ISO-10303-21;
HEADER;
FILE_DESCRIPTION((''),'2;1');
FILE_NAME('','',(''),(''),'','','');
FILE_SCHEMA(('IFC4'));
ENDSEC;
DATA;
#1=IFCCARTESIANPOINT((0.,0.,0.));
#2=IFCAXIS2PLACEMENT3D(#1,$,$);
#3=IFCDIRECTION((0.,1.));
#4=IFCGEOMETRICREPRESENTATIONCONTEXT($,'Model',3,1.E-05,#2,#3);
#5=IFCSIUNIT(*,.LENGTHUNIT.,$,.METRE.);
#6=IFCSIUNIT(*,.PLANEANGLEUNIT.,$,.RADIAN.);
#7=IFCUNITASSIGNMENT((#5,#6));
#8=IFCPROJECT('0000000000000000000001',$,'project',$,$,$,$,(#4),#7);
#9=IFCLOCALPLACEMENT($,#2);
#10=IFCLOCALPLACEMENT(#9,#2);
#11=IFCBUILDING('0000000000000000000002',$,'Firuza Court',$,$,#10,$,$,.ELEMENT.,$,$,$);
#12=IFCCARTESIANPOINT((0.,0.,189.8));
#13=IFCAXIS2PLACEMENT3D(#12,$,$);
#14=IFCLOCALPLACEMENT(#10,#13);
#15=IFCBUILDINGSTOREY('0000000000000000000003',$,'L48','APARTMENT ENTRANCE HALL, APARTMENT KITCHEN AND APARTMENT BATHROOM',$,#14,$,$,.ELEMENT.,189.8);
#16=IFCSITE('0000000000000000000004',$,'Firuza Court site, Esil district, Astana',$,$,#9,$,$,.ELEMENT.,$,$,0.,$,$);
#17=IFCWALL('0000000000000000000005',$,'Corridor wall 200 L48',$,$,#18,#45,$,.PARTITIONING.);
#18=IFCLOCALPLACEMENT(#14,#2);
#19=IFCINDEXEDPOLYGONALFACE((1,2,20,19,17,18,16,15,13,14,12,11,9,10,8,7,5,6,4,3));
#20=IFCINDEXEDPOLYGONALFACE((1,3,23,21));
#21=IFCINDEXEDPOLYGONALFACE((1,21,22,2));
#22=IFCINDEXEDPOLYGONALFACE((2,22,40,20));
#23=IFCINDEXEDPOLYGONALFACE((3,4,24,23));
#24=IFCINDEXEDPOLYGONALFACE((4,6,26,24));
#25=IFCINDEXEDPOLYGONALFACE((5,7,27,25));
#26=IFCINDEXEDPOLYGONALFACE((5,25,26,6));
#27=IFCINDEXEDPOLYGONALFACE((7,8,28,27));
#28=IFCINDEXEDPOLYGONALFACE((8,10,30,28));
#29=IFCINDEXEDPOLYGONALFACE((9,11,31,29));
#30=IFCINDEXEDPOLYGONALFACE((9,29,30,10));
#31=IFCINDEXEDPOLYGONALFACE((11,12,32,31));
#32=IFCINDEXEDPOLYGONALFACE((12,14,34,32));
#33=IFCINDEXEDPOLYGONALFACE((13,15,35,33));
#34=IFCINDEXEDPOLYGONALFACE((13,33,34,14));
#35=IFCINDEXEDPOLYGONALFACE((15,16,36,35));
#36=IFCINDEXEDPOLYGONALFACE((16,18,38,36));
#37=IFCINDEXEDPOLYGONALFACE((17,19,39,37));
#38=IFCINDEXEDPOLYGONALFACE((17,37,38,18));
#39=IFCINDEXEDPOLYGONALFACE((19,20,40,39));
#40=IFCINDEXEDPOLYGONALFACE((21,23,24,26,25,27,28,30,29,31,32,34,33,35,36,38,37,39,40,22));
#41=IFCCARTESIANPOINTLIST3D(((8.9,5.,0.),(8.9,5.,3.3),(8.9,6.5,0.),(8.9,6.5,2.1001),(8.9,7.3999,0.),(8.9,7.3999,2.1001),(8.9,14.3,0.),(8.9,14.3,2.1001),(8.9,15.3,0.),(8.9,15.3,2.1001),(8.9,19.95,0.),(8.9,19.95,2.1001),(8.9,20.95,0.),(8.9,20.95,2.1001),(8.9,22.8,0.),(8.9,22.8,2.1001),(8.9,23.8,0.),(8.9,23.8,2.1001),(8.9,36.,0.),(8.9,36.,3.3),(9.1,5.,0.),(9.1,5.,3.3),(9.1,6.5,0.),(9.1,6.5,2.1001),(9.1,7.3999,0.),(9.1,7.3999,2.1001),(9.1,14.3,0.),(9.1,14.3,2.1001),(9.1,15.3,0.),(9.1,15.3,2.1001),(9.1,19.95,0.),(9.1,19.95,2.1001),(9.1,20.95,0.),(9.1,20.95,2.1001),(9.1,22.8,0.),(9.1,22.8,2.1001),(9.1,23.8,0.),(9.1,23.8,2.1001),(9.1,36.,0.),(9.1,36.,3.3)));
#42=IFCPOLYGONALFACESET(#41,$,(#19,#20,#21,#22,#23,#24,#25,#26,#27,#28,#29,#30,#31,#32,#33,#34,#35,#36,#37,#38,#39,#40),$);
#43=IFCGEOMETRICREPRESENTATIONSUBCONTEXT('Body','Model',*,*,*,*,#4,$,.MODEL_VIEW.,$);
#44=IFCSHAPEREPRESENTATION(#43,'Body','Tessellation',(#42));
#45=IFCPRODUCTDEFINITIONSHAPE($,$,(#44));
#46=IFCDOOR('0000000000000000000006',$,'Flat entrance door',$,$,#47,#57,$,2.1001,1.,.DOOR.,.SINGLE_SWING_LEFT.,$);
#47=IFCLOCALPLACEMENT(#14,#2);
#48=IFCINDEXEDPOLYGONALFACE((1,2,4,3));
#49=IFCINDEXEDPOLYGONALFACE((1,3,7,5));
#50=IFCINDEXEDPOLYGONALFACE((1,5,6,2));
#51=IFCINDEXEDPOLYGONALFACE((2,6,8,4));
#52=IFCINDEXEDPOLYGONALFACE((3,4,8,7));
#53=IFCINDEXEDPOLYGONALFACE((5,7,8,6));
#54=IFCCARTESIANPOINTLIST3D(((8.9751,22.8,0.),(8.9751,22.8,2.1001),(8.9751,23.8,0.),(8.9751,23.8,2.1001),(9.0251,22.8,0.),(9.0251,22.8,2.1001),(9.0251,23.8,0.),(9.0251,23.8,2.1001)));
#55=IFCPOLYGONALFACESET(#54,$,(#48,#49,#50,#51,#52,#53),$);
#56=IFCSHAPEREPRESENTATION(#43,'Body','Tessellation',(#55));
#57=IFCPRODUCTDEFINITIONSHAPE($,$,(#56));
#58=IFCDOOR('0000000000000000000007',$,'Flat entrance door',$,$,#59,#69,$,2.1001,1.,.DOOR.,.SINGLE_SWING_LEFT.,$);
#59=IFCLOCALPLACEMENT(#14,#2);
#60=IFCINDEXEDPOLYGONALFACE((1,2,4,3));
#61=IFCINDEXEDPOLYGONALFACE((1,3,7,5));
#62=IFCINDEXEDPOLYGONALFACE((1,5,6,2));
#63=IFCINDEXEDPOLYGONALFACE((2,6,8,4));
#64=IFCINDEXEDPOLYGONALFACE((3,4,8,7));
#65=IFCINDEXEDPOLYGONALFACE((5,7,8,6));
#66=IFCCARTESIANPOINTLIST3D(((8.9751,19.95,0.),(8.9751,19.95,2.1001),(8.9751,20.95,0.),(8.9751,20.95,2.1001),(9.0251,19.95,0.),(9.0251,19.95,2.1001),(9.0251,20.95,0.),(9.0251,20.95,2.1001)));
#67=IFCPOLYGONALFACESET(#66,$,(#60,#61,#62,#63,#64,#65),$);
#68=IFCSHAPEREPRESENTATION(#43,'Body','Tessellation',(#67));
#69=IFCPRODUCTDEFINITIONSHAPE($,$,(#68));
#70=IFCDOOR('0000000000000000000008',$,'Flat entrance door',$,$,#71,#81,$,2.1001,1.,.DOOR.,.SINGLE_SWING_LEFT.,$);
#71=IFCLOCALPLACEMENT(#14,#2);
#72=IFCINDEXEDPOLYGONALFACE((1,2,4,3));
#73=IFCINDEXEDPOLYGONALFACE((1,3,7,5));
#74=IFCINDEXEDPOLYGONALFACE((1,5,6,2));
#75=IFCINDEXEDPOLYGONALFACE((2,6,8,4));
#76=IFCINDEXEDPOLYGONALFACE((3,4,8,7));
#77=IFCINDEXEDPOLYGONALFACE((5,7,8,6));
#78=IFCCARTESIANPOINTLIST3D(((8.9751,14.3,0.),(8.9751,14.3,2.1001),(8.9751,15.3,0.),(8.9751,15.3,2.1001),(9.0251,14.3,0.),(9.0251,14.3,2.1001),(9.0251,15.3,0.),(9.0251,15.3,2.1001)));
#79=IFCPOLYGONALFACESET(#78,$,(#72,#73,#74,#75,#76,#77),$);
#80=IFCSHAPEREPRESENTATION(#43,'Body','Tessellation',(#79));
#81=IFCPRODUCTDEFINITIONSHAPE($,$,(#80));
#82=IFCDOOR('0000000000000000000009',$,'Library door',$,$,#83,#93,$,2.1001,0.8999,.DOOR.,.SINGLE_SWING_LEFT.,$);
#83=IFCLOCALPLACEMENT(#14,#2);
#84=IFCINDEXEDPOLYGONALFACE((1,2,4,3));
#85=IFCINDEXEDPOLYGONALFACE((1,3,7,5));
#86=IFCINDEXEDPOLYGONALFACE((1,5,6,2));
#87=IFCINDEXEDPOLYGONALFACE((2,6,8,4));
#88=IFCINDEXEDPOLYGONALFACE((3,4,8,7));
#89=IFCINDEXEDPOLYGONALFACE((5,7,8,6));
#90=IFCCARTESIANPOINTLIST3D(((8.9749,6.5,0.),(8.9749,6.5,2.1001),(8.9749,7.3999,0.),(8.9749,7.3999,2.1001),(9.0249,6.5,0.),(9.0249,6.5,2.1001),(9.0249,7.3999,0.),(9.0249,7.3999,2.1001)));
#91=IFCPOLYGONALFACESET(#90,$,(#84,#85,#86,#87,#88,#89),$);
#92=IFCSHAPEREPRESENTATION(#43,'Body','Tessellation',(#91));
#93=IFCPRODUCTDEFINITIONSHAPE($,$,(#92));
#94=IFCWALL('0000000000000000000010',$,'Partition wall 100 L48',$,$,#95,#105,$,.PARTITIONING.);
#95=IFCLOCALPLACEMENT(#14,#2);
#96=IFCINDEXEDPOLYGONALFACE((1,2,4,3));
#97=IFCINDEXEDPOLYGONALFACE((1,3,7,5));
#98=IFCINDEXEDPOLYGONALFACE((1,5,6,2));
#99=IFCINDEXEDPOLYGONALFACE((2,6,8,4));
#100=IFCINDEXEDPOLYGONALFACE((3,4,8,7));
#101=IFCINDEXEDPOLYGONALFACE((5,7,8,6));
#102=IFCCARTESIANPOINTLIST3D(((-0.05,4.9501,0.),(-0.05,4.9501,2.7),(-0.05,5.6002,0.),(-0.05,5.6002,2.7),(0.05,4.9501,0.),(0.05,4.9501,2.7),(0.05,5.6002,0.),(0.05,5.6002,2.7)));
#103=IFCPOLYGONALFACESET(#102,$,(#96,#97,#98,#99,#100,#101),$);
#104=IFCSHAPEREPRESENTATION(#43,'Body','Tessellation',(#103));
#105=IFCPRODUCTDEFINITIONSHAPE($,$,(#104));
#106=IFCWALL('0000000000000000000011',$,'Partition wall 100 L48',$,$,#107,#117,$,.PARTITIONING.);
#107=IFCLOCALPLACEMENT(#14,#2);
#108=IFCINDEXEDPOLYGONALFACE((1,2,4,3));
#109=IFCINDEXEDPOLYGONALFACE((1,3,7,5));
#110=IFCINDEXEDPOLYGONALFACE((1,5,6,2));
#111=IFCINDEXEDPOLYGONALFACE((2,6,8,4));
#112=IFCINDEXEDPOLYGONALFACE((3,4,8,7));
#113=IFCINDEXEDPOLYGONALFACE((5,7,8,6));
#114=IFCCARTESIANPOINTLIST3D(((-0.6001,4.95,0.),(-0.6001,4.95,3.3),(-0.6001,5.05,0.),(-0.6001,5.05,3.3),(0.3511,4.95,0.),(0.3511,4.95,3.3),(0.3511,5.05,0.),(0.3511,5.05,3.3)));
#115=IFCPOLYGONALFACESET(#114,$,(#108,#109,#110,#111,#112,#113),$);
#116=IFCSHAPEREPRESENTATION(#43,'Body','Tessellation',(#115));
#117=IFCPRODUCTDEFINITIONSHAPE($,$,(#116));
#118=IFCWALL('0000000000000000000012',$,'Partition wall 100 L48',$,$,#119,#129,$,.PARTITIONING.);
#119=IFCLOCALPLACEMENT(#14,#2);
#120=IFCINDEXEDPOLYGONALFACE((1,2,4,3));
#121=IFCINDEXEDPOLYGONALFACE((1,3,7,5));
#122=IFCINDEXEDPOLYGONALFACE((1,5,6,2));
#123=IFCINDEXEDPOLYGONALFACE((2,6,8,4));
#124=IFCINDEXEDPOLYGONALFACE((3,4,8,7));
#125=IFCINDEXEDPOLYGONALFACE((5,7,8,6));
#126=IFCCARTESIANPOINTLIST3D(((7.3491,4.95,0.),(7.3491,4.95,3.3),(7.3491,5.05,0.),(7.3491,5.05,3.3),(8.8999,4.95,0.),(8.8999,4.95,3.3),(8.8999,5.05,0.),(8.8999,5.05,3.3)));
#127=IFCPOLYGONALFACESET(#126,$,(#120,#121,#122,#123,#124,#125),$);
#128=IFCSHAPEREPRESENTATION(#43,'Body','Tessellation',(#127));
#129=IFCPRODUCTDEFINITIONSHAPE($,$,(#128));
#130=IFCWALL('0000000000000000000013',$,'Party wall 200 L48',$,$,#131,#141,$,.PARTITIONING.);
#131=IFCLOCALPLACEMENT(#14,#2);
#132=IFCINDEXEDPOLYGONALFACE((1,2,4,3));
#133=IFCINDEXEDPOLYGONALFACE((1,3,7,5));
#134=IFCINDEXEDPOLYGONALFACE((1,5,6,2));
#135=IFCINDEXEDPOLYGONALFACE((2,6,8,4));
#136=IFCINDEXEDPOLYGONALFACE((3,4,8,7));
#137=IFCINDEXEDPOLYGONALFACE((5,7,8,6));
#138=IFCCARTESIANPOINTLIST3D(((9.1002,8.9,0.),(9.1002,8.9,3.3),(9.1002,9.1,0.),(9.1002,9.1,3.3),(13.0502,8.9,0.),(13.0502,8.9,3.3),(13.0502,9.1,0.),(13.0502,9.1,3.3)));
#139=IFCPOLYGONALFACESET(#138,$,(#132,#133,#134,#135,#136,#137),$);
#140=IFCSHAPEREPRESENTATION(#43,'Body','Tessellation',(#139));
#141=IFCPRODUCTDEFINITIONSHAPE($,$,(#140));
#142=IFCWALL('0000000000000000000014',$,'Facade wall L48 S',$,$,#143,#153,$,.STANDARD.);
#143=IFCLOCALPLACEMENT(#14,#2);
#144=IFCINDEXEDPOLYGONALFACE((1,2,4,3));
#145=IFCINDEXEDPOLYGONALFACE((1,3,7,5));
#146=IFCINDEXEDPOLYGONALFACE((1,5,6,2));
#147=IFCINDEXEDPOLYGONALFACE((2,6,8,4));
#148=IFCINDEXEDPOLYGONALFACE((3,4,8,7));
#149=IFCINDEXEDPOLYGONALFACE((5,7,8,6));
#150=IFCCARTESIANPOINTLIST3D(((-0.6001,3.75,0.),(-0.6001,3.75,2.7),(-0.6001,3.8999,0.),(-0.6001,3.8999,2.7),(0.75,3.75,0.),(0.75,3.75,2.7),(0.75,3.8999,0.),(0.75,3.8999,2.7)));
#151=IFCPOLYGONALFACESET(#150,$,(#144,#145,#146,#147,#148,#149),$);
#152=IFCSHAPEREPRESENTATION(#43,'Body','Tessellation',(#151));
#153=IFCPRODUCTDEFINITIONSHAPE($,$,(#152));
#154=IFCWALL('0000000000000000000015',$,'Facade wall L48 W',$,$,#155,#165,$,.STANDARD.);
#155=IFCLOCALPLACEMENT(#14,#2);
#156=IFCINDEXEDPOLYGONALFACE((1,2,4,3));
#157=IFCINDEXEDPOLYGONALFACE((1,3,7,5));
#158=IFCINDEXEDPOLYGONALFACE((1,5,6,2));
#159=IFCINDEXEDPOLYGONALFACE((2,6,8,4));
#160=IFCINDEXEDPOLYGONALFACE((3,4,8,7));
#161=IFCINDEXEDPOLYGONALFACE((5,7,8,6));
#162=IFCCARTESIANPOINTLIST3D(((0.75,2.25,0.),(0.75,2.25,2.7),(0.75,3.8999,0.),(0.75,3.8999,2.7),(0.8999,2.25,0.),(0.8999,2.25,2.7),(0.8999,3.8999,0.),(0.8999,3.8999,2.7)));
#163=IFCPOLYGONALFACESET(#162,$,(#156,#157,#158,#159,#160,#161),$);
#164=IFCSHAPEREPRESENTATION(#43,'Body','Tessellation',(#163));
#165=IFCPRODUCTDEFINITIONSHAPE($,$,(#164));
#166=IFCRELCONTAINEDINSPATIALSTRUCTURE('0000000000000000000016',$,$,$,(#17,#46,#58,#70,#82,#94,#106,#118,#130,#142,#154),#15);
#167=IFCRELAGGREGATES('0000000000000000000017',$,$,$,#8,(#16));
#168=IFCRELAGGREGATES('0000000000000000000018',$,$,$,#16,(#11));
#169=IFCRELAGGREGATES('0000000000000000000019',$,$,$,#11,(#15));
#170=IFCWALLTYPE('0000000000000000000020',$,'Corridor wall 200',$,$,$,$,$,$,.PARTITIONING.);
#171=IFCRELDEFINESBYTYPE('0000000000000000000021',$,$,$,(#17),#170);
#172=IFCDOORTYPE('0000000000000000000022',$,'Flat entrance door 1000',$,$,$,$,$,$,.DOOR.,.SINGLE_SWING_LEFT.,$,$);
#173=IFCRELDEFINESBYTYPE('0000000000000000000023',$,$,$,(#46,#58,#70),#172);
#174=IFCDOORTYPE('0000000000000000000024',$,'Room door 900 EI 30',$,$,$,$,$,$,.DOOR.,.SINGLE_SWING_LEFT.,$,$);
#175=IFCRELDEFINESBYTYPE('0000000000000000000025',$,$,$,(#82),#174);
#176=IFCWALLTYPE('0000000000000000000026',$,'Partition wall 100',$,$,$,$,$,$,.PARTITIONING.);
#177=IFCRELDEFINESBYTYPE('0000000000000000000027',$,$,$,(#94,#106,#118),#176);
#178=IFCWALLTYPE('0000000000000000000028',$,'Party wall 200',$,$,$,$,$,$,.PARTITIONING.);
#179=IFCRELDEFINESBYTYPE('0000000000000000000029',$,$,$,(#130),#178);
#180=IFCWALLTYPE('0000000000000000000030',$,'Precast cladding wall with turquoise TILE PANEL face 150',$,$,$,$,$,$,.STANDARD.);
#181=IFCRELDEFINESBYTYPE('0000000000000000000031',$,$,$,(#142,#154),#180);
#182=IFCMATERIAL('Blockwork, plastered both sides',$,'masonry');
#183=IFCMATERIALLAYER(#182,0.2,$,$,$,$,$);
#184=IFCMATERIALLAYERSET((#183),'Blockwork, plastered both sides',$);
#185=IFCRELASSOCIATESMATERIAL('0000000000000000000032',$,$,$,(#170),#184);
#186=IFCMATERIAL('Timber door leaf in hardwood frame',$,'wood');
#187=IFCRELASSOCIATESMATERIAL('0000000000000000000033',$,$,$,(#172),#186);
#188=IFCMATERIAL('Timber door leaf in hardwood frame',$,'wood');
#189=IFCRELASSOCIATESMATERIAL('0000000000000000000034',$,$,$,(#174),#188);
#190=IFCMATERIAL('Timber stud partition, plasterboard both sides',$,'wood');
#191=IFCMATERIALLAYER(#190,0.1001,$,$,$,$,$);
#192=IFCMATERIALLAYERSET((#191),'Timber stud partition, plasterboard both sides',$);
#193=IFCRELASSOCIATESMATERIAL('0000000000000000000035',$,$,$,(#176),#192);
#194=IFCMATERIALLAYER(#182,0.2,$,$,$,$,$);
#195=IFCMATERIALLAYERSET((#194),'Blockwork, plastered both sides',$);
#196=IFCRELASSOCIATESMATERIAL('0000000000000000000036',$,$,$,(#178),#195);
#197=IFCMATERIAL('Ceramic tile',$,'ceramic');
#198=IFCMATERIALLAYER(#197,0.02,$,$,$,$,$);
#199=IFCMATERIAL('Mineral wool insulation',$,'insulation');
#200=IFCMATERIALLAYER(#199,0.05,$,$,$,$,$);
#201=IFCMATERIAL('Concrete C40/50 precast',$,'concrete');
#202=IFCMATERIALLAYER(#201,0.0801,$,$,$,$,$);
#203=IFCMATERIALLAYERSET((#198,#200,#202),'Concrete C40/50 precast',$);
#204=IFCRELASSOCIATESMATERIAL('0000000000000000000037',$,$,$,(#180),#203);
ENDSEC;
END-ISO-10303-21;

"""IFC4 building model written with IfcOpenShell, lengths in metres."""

from ifc_helpers import new_model, si_unit, direction, frame, frame_2d, origin, place, context, subcontext, project, spatial, rectangle, extrude, material, layer, layer_set, type_object, element, fill, save


model = new_model("IFC4")

# Units and contexts
model_context = context("Model", 3, precision=1e-05, world=origin(), true_north=direction((0.0, 1.0)))
body_context = subcontext(model_context, "Body", "Model", "MODEL_VIEW")
ifc_project = project(units=[si_unit("LENGTHUNIT", "METRE"), si_unit("PLANEANGLEUNIT", "RADIAN")], contexts=[model_context])

# Site, building, storey
site_placement = place(None, origin())
site = spatial("IfcSite", under=ifc_project, at=site_placement, Name="Firuza Court site, Esil district, Astana", CompositionType="ELEMENT", RefElevation=0.0)
building_placement = place(site_placement, origin())
building = spatial("IfcBuilding", under=site, at=building_placement, Name="Firuza Court", CompositionType="ELEMENT")
storey_placement = place(building_placement, frame((0.0, 0.0, 189.8)))
storey = spatial("IfcBuildingStorey", under=building, at=storey_placement, Name="L48", Description="APARTMENT ENTRANCE HALL, APARTMENT KITCHEN AND APARTMENT BATHROOM", CompositionType="ELEMENT", Elevation=189.8)

# Wall, openings, doors
ifc_material_1 = material(Name="Blockwork, plastered both sides", Category="masonry")
ifc_layer_1 = layer(ifc_material_1, 0.2)
ifc_layer_set_1 = layer_set([ifc_layer_1], Name="Blockwork, plastered both sides")
wall_type_1 = type_object("IfcWallType", Name="Corridor wall 200", PredefinedType="PARTITIONING", material=ifc_layer_set_1)
wall_1_placement = place(storey_placement, frame((9.0, 5.0, 0.0), z_axis=(0.0, 0.0, 1.0), x_axis=(0.0, 1.0, 0.0)))
wall_1 = element("IfcWall", 1, at=wall_1_placement, inside=storey, type_object=wall_type_1, Name="Corridor wall 200 L48", PredefinedType="PARTITIONING", context=body_context, shape_type="SweptSolid", body=[
    extrude(rectangle(XDim=31.0, YDim=0.2, at=frame_2d((15.5, 0.0))), origin(), (0.0, 0.0, 1.0), 3.3),
])
opening_1_placement = place(wall_1_placement, frame((17.8, 0.0, 0.0)))
opening_1 = element("IfcOpeningElement", 2, at=opening_1_placement, cuts=wall_1, PredefinedType="OPENING", context=body_context, shape_type="SweptSolid", body=[
    extrude(rectangle(XDim=1.0, YDim=2.1001, at=frame_2d((0.5, 1.05))), frame((0.0, 0.1118, 0.0), z_axis=(0.0, -1.0, 0.0), x_axis=(1.0, 0.0, 0.0)), (0.0, 0.0, 1.0), 0.2239),
])
opening_2_placement = place(wall_1_placement, frame((14.95, 0.0, 0.0)))
opening_2 = element("IfcOpeningElement", 3, at=opening_2_placement, cuts=wall_1, PredefinedType="OPENING", context=body_context, shape_type="SweptSolid", body=[
    extrude(rectangle(XDim=1.0, YDim=2.1001, at=frame_2d((0.5, 1.05))), frame((0.0, 0.1118, 0.0), z_axis=(0.0, -1.0, 0.0), x_axis=(1.0, 0.0, 0.0)), (0.0, 0.0, 1.0), 0.2239),
])
opening_3_placement = place(wall_1_placement, frame((9.3, 0.0, 0.0)))
opening_3 = element("IfcOpeningElement", 4, at=opening_3_placement, cuts=wall_1, PredefinedType="OPENING", context=body_context, shape_type="SweptSolid", body=[
    extrude(rectangle(XDim=1.0, YDim=2.1001, at=frame_2d((0.5, 1.05))), frame((0.0, 0.1118, 0.0), z_axis=(0.0, -1.0, 0.0), x_axis=(1.0, 0.0, 0.0)), (0.0, 0.0, 1.0), 0.2239),
])
opening_4_placement = place(wall_1_placement, frame((1.5, 0.0, 0.0)))
opening_4 = element("IfcOpeningElement", 5, at=opening_4_placement, cuts=wall_1, PredefinedType="OPENING", context=body_context, shape_type="SweptSolid", body=[
    extrude(rectangle(XDim=0.8999, YDim=2.1001, at=frame_2d((0.45, 1.05))), frame((0.0, 0.1118, 0.0), z_axis=(0.0, -1.0, 0.0), x_axis=(1.0, 0.0, 0.0)), (0.0, 0.0, 1.0), 0.2239),
])
ifc_material_2 = material(Name="Timber door leaf in hardwood frame", Category="wood")
door_type_1 = type_object("IfcDoorType", Name="Flat entrance door 1000", OperationType="SINGLE_SWING_LEFT", PredefinedType="DOOR", material=ifc_material_2)
door_1_placement = place(opening_1_placement, origin())
door_1 = element("IfcDoor", 6, at=door_1_placement, inside=storey, type_object=door_type_1, Name="Flat entrance door", OperationType="SINGLE_SWING_LEFT", OverallHeight=2.1001, OverallWidth=1.0, PredefinedType="DOOR", context=body_context, shape_type="SweptSolid", body=[
    extrude(rectangle(XDim=1.0, YDim=2.1001, at=frame_2d((0.5, 1.05))), frame((0.0, 0.0249, 0.0), z_axis=(0.0, -1.0, 0.0), x_axis=(1.0, 0.0, 0.0)), (0.0, 0.0, 1.0), 0.05),
])
fill(opening_1, door_1)
door_2_placement = place(opening_2_placement, origin())
door_2 = element("IfcDoor", 7, at=door_2_placement, inside=storey, type_object=door_type_1, Name="Flat entrance door", OperationType="SINGLE_SWING_LEFT", OverallHeight=2.1001, OverallWidth=1.0, PredefinedType="DOOR", context=body_context, shape_type="SweptSolid", body=[
    extrude(rectangle(XDim=1.0, YDim=2.1001, at=frame_2d((0.5, 1.05))), frame((0.0, 0.0249, 0.0), z_axis=(0.0, -1.0, 0.0), x_axis=(1.0, 0.0, 0.0)), (0.0, 0.0, 1.0), 0.05),
])
fill(opening_2, door_2)
door_3_placement = place(opening_3_placement, origin())
door_3 = element("IfcDoor", 8, at=door_3_placement, inside=storey, type_object=door_type_1, Name="Flat entrance door", OperationType="SINGLE_SWING_LEFT", OverallHeight=2.1001, OverallWidth=1.0, PredefinedType="DOOR", context=body_context, shape_type="SweptSolid", body=[
    extrude(rectangle(XDim=1.0, YDim=2.1001, at=frame_2d((0.5, 1.05))), frame((0.0, 0.0249, 0.0), z_axis=(0.0, -1.0, 0.0), x_axis=(1.0, 0.0, 0.0)), (0.0, 0.0, 1.0), 0.05),
])
fill(opening_3, door_3)
ifc_material_3 = material(Name="Timber door leaf in hardwood frame", Category="wood")
door_type_2 = type_object("IfcDoorType", Name="Room door 900 EI 30", OperationType="SINGLE_SWING_LEFT", PredefinedType="DOOR", material=ifc_material_3)
door_4_placement = place(opening_4_placement, frame((0.8999, 0.0, 0.0), z_axis=(0.0, 0.0, 1.0), x_axis=(-1.0, 0.0, 0.0)))
door_4 = element("IfcDoor", 9, at=door_4_placement, inside=storey, type_object=door_type_2, Name="Library door", OperationType="SINGLE_SWING_LEFT", OverallHeight=2.1001, OverallWidth=0.8999, PredefinedType="DOOR", context=body_context, shape_type="SweptSolid", body=[
    extrude(rectangle(XDim=0.8999, YDim=2.1001, at=frame_2d((0.45, 1.05))), frame((0.0, 0.0249, 0.0), z_axis=(0.0, -1.0, 0.0), x_axis=(1.0, 0.0, 0.0)), (0.0, 0.0, 1.0), 0.05),
])
fill(opening_4, door_4)

# Walls
ifc_material_4 = material(Name="Timber stud partition, plasterboard both sides", Category="wood")
ifc_layer_2 = layer(ifc_material_4, 0.1001)
ifc_layer_set_2 = layer_set([ifc_layer_2], Name="Timber stud partition, plasterboard both sides")
wall_type_2 = type_object("IfcWallType", Name="Partition wall 100", PredefinedType="PARTITIONING", material=ifc_layer_set_2)
wall_2_placement = place(storey_placement, frame((0.0, 4.95, 0.0), z_axis=(0.0, 0.0, 1.0), x_axis=(0.0, 1.0, 0.0)))
element("IfcWall", 10, at=wall_2_placement, inside=storey, type_object=wall_type_2, Name="Partition wall 100 L48", PredefinedType="PARTITIONING", context=body_context, shape_type="SweptSolid", body=[
    extrude(rectangle(XDim=0.6501, YDim=0.1001, at=frame_2d((0.3252, 0.0))), origin(), (0.0, 0.0, 1.0), 2.7),
])
wall_3_placement = place(storey_placement, frame((-0.6001, 5.0, 0.0), z_axis=(0.0, 0.0, 1.0), x_axis=(1.0, 0.0, 0.0)))
element("IfcWall", 11, at=wall_3_placement, inside=storey, type_object=wall_type_2, Name="Partition wall 100 L48", PredefinedType="PARTITIONING", context=body_context, shape_type="SweptSolid", body=[
    extrude(rectangle(XDim=0.9512, YDim=0.1001, at=frame_2d((0.4756, 0.0))), origin(), (0.0, 0.0, 1.0), 3.3),
])
wall_4_placement = place(storey_placement, frame((7.3491, 5.0, 0.0), z_axis=(0.0, 0.0, 1.0), x_axis=(1.0, 0.0, 0.0)))
element("IfcWall", 12, at=wall_4_placement, inside=storey, type_object=wall_type_2, Name="Partition wall 100 L48", PredefinedType="PARTITIONING", context=body_context, shape_type="SweptSolid", body=[
    extrude(rectangle(XDim=1.5508, YDim=0.1001, at=frame_2d((0.7754, 0.0))), origin(), (0.0, 0.0, 1.0), 3.3),
])
ifc_layer_3 = layer(ifc_material_1, 0.2)
ifc_layer_set_3 = layer_set([ifc_layer_3], Name="Blockwork, plastered both sides")
wall_type_3 = type_object("IfcWallType", Name="Party wall 200", PredefinedType="PARTITIONING", material=ifc_layer_set_3)
wall_5_placement = place(storey_placement, frame((9.1001, 9.0, 0.0), z_axis=(0.0, 0.0, 1.0), x_axis=(1.0, 0.0, 0.0)))
element("IfcWall", 13, at=wall_5_placement, inside=storey, type_object=wall_type_3, Name="Party wall 200 L48", PredefinedType="PARTITIONING", context=body_context, shape_type="SweptSolid", body=[
    extrude(rectangle(XDim=3.95, YDim=0.2, at=frame_2d((1.9751, 0.0))), origin(), (0.0, 0.0, 1.0), 3.3),
])
ifc_material_5 = material(Name="Ceramic tile", Category="ceramic")
ifc_layer_4 = layer(ifc_material_5, 0.02)
ifc_material_6 = material(Name="Mineral wool insulation", Category="insulation")
ifc_layer_5 = layer(ifc_material_6, 0.05)
ifc_material_7 = material(Name="Concrete C40/50 precast", Category="concrete")
ifc_layer_6 = layer(ifc_material_7, 0.0801)
ifc_layer_set_4 = layer_set([ifc_layer_4, ifc_layer_5, ifc_layer_6], Name="Concrete C40/50 precast")
wall_type_4 = type_object("IfcWallType", Name="Precast cladding wall with turquoise TILE PANEL face 150", PredefinedType="STANDARD", material=ifc_layer_set_4)
wall_6_placement = place(storey_placement, frame((-0.6001, 3.825, 0.0), z_axis=(0.0, 0.0, 1.0), x_axis=(1.0, 0.0, 0.0)))
element("IfcWall", 14, at=wall_6_placement, inside=storey, type_object=wall_type_4, Name="Facade wall L48 S", PredefinedType="STANDARD", context=body_context, shape_type="SweptSolid", body=[
    extrude(rectangle(XDim=1.3501, YDim=0.1499, at=frame_2d((0.675, 0.0))), origin(), (0.0, 0.0, 1.0), 2.7),
])
wall_7_placement = place(storey_placement, frame((0.825, 3.8999, 0.0), z_axis=(0.0, 0.0, 1.0), x_axis=(0.0, -1.0, 0.0)))
element("IfcWall", 15, at=wall_7_placement, inside=storey, type_object=wall_type_4, Name="Facade wall L48 W", PredefinedType="STANDARD", context=body_context, shape_type="SweptSolid", body=[
    extrude(rectangle(XDim=1.6499, YDim=0.1499, at=frame_2d((0.825, 0.0))), origin(), (0.0, 0.0, 1.0), 2.7),
])

save(model, "model.ifc")
